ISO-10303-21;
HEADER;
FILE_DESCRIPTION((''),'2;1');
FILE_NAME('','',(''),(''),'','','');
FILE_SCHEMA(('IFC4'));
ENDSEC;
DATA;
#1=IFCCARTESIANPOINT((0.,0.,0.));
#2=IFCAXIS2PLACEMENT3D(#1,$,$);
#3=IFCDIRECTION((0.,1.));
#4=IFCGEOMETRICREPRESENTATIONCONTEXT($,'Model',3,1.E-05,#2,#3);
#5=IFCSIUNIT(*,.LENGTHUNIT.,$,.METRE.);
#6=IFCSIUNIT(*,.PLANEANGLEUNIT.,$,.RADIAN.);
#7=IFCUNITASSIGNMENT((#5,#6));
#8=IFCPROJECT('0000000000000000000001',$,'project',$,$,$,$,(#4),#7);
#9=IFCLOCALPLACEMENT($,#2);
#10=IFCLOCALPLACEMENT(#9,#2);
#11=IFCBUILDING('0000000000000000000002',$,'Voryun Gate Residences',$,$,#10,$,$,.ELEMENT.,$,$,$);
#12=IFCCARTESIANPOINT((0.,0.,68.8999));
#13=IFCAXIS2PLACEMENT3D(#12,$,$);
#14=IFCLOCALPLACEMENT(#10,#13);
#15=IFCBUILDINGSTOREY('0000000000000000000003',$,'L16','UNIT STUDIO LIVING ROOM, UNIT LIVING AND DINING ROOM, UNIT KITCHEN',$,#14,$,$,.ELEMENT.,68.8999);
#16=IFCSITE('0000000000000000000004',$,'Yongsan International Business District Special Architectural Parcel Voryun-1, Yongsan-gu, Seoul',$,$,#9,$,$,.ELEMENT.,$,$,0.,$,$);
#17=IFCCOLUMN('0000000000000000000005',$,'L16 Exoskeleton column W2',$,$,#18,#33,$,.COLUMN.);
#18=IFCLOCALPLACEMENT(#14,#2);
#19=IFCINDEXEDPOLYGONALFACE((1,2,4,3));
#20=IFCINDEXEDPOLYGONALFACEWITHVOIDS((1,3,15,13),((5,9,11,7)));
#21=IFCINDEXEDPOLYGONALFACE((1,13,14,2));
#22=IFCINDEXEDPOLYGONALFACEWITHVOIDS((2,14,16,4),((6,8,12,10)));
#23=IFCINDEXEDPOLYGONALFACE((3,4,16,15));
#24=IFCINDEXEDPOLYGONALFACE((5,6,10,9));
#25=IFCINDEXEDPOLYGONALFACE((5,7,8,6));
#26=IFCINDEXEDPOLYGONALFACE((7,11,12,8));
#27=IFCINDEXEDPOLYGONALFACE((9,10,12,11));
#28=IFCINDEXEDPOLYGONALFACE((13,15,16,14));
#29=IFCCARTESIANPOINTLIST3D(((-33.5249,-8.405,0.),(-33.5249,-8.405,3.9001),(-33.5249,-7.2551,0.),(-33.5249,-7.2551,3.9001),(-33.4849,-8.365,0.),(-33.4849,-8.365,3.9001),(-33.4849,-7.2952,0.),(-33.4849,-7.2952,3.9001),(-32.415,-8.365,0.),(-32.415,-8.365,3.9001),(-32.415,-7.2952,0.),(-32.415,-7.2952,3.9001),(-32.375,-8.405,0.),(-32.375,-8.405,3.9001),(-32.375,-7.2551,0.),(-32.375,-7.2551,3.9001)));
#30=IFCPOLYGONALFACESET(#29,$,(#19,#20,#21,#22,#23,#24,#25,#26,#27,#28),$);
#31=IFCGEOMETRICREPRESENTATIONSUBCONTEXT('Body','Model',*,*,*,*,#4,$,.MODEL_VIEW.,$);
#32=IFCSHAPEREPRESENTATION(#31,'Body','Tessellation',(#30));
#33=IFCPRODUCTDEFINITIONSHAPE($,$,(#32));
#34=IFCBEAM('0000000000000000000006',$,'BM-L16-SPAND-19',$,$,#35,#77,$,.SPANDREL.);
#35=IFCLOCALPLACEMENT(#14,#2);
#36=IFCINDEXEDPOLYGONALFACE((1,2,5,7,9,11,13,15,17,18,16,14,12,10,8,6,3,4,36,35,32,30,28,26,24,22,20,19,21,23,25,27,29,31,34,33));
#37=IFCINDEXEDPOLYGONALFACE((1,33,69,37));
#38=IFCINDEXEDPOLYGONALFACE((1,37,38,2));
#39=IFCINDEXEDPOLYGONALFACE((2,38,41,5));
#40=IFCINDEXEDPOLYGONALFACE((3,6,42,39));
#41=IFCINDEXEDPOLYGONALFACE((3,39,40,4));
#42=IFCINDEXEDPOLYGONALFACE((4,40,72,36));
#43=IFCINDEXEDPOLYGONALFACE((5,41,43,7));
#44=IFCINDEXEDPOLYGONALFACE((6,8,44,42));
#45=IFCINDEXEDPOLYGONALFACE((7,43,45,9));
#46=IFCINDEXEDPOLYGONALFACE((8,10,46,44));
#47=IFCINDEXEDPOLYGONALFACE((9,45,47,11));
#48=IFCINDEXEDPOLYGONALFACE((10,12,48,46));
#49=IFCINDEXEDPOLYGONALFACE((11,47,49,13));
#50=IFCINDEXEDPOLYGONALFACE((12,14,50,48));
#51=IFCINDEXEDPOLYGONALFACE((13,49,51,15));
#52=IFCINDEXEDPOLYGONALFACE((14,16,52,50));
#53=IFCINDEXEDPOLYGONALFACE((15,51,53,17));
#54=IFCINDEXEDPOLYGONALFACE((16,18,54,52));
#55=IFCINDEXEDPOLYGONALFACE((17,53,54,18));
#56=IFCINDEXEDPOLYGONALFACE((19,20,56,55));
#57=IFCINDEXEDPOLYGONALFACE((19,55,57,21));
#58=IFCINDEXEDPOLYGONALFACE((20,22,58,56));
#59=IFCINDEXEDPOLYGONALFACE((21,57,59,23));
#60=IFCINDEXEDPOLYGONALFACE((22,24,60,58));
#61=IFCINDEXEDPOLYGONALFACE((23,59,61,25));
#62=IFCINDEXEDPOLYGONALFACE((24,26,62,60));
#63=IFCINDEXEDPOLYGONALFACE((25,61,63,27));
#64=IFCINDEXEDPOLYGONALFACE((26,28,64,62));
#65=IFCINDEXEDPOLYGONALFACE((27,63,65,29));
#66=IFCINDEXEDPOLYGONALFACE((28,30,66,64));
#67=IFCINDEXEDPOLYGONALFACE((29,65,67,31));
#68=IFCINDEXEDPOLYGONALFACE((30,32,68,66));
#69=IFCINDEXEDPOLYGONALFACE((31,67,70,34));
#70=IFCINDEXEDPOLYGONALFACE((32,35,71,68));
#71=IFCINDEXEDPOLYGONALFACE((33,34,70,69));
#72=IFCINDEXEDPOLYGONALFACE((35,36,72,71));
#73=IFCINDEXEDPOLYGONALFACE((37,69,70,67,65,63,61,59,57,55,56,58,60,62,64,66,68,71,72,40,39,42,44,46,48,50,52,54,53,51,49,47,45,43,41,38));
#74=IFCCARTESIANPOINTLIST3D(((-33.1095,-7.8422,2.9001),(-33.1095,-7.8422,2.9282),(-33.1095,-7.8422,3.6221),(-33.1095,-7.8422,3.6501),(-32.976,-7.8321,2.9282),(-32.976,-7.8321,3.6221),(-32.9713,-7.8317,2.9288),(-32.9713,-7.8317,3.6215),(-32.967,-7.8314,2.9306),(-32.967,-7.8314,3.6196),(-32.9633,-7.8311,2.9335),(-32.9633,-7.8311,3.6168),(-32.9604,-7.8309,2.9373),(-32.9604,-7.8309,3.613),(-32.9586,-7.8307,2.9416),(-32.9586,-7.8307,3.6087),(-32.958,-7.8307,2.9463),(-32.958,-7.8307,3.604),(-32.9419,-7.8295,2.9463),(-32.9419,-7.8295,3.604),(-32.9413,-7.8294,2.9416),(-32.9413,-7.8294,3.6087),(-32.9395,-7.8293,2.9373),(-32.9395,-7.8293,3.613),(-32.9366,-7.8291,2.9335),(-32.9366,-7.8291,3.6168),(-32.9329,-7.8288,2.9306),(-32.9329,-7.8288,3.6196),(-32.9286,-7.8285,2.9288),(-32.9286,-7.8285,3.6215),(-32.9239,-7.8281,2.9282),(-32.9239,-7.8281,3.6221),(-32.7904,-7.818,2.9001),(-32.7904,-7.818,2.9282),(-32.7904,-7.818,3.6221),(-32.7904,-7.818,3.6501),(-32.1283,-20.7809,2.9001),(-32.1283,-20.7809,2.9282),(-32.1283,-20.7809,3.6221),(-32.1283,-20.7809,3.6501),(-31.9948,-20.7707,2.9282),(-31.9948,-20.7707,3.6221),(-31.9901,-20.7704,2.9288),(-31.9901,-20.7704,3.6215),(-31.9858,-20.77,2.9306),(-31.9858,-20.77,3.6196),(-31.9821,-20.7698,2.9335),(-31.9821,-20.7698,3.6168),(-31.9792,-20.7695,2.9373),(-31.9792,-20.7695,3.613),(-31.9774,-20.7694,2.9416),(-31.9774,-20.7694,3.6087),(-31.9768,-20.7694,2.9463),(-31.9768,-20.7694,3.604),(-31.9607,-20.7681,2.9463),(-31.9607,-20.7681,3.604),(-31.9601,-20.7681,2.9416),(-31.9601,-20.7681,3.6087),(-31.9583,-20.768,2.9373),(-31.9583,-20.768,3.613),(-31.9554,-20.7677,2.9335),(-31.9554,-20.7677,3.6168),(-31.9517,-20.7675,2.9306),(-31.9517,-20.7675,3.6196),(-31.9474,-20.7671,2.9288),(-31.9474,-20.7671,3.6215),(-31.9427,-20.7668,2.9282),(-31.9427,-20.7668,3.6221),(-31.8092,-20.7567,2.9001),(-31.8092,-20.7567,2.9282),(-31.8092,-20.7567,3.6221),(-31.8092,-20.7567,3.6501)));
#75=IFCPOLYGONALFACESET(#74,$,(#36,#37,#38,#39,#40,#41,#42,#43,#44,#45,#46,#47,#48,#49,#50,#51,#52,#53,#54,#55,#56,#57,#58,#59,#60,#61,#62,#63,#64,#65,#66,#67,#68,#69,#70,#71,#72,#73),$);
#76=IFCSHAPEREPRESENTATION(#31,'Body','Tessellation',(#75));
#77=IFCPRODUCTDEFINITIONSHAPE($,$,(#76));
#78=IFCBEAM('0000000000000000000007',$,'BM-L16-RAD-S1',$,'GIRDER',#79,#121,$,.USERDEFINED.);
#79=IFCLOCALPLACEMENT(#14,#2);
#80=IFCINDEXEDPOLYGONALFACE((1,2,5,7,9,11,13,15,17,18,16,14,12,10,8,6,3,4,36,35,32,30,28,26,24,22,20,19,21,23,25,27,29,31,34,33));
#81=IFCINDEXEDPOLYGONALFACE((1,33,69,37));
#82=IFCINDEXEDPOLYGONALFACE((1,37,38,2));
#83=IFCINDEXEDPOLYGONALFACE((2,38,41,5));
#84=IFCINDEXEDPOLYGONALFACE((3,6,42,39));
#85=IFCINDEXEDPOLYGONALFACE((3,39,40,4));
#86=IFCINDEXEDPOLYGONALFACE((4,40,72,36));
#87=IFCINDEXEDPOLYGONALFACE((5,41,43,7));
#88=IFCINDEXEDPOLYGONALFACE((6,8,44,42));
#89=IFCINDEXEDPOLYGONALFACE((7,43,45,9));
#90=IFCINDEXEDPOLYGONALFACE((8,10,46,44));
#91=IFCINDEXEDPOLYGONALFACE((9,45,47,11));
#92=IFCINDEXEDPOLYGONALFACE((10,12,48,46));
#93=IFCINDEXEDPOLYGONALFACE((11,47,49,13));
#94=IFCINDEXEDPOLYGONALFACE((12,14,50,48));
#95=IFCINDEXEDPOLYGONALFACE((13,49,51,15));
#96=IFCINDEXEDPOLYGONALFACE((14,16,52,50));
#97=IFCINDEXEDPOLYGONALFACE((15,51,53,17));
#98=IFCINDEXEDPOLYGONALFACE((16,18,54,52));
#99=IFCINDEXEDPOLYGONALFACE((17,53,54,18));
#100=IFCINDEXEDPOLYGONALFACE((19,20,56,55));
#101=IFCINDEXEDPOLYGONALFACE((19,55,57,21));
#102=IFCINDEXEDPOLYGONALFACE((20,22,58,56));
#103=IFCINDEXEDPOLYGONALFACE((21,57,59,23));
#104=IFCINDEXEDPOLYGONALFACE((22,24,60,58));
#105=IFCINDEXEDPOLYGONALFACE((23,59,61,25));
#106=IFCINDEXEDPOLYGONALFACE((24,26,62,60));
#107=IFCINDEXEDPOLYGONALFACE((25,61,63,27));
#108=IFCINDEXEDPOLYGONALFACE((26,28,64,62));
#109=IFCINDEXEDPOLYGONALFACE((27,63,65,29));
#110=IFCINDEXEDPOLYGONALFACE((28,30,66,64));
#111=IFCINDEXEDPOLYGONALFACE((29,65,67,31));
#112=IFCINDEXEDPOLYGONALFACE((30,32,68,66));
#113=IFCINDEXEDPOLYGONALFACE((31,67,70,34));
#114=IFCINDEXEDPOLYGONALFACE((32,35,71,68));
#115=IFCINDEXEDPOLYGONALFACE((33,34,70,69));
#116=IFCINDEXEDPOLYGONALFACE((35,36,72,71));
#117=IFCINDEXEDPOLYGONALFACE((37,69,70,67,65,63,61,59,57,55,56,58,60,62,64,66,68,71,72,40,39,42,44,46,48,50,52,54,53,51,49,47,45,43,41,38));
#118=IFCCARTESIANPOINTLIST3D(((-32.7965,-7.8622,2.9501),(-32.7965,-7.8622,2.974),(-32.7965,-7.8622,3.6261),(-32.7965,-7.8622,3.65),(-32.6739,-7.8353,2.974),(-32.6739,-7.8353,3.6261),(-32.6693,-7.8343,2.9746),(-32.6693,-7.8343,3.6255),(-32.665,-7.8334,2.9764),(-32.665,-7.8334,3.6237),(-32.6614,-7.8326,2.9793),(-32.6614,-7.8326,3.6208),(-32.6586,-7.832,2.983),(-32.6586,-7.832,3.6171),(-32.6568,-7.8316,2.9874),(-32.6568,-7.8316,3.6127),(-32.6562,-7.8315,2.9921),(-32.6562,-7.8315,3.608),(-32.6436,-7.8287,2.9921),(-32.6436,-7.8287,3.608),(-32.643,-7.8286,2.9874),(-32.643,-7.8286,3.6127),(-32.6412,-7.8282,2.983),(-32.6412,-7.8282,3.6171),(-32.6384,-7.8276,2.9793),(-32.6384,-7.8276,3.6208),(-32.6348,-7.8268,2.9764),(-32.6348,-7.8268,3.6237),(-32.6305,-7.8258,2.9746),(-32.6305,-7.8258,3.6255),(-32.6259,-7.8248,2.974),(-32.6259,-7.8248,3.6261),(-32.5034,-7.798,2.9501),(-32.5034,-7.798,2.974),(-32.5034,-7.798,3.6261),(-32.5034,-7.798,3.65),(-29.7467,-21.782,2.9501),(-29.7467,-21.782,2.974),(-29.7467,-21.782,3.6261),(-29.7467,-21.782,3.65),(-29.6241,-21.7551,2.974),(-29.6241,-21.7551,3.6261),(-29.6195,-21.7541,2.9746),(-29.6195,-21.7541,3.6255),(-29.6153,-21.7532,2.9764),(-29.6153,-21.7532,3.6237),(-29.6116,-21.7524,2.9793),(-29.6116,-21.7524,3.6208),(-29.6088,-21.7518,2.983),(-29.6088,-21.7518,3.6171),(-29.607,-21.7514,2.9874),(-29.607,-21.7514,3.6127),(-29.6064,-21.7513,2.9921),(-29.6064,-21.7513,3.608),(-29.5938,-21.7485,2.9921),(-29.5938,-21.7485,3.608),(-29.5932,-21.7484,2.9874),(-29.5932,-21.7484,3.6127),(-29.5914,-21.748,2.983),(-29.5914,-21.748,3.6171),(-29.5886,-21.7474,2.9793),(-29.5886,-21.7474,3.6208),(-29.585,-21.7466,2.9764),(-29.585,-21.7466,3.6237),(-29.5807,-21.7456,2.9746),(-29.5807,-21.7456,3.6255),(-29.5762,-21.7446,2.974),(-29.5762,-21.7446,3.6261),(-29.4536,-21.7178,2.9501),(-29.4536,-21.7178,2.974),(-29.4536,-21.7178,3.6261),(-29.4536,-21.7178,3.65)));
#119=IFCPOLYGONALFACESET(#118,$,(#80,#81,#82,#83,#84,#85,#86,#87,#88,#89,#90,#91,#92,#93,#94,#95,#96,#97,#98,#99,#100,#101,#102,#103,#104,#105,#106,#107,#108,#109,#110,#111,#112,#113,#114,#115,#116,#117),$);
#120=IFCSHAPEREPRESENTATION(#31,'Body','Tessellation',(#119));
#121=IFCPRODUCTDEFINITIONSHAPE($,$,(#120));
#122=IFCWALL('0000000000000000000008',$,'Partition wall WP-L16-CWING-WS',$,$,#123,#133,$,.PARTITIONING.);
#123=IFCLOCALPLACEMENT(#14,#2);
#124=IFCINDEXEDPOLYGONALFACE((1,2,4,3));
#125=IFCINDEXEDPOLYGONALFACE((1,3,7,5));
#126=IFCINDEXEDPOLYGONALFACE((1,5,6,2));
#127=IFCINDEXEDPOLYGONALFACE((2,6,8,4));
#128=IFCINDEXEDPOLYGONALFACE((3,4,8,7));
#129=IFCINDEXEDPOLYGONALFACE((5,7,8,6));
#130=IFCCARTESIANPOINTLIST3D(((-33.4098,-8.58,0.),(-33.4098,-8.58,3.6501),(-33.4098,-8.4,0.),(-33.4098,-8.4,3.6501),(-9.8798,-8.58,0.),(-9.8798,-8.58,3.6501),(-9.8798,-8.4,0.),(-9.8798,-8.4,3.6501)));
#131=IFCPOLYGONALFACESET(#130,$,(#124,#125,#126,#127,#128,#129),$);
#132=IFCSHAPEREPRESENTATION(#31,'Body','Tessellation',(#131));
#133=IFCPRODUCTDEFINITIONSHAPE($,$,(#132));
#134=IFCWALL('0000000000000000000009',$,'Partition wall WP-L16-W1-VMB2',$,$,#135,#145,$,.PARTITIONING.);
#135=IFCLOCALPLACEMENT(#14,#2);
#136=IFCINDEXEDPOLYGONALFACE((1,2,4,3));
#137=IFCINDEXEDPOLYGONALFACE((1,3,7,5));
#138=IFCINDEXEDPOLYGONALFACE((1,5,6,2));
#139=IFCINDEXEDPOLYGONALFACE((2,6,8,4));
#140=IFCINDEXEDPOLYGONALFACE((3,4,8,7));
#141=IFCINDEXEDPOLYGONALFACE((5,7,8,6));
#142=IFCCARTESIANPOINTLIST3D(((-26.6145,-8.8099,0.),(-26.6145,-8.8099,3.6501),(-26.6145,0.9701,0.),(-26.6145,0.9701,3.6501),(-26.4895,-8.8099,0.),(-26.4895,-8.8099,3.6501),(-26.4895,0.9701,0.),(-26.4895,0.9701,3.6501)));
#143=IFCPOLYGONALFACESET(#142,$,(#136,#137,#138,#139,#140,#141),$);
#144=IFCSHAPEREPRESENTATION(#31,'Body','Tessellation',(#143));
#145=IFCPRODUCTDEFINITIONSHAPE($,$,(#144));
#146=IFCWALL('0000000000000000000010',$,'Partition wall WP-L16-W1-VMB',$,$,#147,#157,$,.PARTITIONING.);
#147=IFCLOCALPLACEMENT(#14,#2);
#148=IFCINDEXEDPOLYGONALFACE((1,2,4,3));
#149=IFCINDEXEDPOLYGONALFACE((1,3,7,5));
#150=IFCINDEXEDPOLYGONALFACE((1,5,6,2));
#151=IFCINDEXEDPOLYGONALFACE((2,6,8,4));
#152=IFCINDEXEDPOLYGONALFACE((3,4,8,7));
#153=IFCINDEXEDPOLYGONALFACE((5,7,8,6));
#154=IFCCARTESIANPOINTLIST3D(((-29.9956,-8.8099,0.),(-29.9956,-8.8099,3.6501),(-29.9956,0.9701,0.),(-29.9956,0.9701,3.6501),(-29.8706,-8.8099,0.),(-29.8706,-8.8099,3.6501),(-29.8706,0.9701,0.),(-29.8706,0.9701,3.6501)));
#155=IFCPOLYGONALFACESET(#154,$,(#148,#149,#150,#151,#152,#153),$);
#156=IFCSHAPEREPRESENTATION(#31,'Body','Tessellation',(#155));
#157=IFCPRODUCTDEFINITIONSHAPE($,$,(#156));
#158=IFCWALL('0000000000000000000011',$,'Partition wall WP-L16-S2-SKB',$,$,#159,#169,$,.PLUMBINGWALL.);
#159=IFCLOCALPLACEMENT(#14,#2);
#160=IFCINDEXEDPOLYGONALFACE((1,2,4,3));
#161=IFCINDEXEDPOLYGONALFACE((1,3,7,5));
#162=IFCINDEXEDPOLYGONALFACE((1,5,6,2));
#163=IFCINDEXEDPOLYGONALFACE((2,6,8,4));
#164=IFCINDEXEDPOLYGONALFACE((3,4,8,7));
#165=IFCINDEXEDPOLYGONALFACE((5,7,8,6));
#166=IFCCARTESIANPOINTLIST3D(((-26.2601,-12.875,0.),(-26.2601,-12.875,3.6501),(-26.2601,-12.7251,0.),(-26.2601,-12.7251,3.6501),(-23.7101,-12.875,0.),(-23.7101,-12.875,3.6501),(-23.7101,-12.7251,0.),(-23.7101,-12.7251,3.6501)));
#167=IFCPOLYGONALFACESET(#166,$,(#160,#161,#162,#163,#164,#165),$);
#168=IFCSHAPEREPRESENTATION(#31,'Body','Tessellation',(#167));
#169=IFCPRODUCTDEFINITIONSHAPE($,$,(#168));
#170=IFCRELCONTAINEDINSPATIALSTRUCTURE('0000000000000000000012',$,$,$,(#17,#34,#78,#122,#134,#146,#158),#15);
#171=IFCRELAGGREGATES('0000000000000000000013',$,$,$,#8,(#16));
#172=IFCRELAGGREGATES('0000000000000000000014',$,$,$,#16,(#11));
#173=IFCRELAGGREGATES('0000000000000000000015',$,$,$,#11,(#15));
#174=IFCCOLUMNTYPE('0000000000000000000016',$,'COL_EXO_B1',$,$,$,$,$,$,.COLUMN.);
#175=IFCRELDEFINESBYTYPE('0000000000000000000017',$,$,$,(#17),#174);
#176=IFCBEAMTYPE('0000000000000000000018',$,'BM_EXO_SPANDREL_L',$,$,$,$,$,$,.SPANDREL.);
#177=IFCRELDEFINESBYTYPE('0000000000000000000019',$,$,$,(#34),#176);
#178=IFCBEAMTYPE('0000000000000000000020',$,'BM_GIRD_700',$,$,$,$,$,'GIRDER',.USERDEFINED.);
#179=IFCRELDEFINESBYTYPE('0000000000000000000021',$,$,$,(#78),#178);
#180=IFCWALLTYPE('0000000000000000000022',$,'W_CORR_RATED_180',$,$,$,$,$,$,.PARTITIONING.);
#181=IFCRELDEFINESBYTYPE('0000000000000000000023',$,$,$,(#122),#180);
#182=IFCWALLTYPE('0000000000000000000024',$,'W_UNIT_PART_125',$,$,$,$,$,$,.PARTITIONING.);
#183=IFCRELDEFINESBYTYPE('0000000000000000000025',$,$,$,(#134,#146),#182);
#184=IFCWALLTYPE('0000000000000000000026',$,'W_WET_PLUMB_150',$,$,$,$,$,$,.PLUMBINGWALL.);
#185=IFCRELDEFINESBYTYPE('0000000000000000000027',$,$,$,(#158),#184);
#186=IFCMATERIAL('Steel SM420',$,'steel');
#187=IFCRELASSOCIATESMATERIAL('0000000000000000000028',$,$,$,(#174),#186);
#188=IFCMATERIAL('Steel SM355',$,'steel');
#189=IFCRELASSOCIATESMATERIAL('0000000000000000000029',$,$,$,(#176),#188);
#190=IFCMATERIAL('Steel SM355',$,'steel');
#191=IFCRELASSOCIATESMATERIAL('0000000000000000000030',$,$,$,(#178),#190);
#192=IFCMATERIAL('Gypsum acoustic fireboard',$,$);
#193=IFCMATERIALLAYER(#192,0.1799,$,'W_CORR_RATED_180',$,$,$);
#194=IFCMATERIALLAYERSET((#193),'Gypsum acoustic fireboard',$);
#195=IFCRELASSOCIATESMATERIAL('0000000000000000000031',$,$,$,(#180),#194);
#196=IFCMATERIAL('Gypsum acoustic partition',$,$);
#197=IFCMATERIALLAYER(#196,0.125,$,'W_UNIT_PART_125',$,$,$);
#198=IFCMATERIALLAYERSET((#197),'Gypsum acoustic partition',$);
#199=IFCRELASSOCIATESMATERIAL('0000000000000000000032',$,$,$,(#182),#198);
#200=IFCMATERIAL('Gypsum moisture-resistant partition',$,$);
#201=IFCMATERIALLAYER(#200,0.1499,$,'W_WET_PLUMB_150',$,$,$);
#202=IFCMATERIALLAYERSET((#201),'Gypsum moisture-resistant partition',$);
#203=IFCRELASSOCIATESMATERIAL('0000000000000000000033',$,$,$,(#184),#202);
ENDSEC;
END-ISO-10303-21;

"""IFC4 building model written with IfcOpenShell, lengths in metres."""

from ifc_helpers import new_model, si_unit, direction, frame, frame_2d, origin, origin_2d, place, context, subcontext, project, spatial, rectangle, hollow_rectangle, i_section, extrude, material, layer, layer_set, material_profile, profile_set, type_object, element, save


model = new_model("IFC4")

# Units and contexts
model_context = context("Model", 3, precision=1e-05, world=origin(), true_north=direction((0.0, 1.0)))
body_context = subcontext(model_context, "Body", "Model", "MODEL_VIEW")
ifc_project = project(units=[si_unit("LENGTHUNIT", "METRE"), si_unit("PLANEANGLEUNIT", "RADIAN")], contexts=[model_context])

# Site, building, storey
site_placement = place(None, origin())
site = spatial("IfcSite", under=ifc_project, at=site_placement, Name="Yongsan International Business District Special Architectural Parcel Voryun-1, Yongsan-gu, Seoul", CompositionType="ELEMENT", RefElevation=0.0)
building_placement = place(site_placement, origin())
building = spatial("IfcBuilding", under=site, at=building_placement, Name="Voryun Gate Residences", CompositionType="ELEMENT")
storey_placement = place(building_placement, frame((0.0, 0.0, 68.8999)))
storey = spatial("IfcBuildingStorey", under=building, at=storey_placement, Name="L16", Description="UNIT STUDIO LIVING ROOM, UNIT LIVING AND DINING ROOM, UNIT KITCHEN", CompositionType="ELEMENT", Elevation=68.8999)

# Column
ifc_material_1 = material(Name="Steel SM420", Category="steel")
ifc_material_profile_1 = material_profile(ifc_material_1, hollow_rectangle(XDim=1.1499, YDim=1.1499, WallThickness=0.04, at=origin_2d()), Name="BOX-1150x1150x40")
ifc_profile_set_1 = profile_set([ifc_material_profile_1], Name="Steel SM420")
column_type = type_object("IfcColumnType", Name="COL_EXO_B1", PredefinedType="COLUMN", material=ifc_profile_set_1)
column_placement = place(storey_placement, frame((-32.95, -7.8301, 0.0), z_axis=(0.0, 0.0, 1.0), x_axis=(1.0, 0.0, 0.0)))
element("IfcColumn", 1, at=column_placement, inside=storey, type_object=column_type, Name="L16 Exoskeleton column W2", PredefinedType="COLUMN", context=body_context, shape_type="SweptSolid", body=[
    extrude(hollow_rectangle(XDim=1.1499, YDim=1.1499, WallThickness=0.04, at=origin_2d()), origin(), (0.0, 0.0, 1.0), 3.9001),
])

# Beams
ifc_material_2 = material(Name="Steel SM355", Category="steel")
ifc_material_profile_2 = material_profile(ifc_material_2, i_section(OverallWidth=0.3201, OverallDepth=0.75, WebThickness=0.0161, FlangeThickness=0.0281, FilletRadius=0.0181, at=origin_2d()), Name="H-750x320x16x28")
ifc_profile_set_2 = profile_set([ifc_material_profile_2], Name="Steel SM355")
beam_type_1 = type_object("IfcBeamType", Name="BM_EXO_SPANDREL_L", PredefinedType="SPANDREL", material=ifc_profile_set_2)
beam_1_placement = place(storey_placement, frame((-32.95, -7.8301, 3.2751), z_axis=(0.075617, -0.997137, 0.0), x_axis=(0.997137, 0.075617, 0.0)))
element("IfcBeam", 2, at=beam_1_placement, inside=storey, type_object=beam_type_1, Name="BM-L16-SPAND-19", PredefinedType="SPANDREL", context=body_context, shape_type="SweptSolid", body=[
    extrude(i_section(OverallWidth=0.3201, OverallDepth=0.75, WebThickness=0.0161, FlangeThickness=0.0281, FilletRadius=0.0181, at=origin_2d()), origin(), (0.0, 0.0, 1.0), 12.9758),
])
ifc_material_3 = material(Name="Steel SM355", Category="steel")
ifc_material_profile_3 = material_profile(ifc_material_3, i_section(OverallWidth=0.3, OverallDepth=0.7, WebThickness=0.0129, FlangeThickness=0.0239, FilletRadius=0.0181, at=origin_2d()), Name="H-700x300x13x24")
ifc_profile_set_3 = profile_set([ifc_material_profile_3], Name="Steel SM355")
beam_type_2 = type_object("IfcBeamType", Name="BM_GIRD_700", ElementType="GIRDER", PredefinedType="USERDEFINED", material=ifc_profile_set_3)
beam_2_placement = place(storey_placement, frame((-32.6499, -7.8301, 3.3), z_axis=(0.21402, -0.976829, 0.0), x_axis=(0.976829, 0.21402, 0.0)))
element("IfcBeam", 3, at=beam_2_placement, inside=storey, type_object=beam_type_2, Name="BM-L16-RAD-S1", ObjectType="GIRDER", PredefinedType="USERDEFINED", context=body_context, shape_type="SweptSolid", body=[
    extrude(i_section(OverallWidth=0.3, OverallDepth=0.7, WebThickness=0.0129, FlangeThickness=0.0239, FilletRadius=0.0181, at=origin_2d()), origin(), (0.0, 0.0, 1.0), 14.25),
])

# Wall
ifc_material_4 = material(Name="Gypsum acoustic fireboard")
ifc_layer_1 = layer(ifc_material_4, 0.1799, Name="W_CORR_RATED_180")
ifc_layer_set_1 = layer_set([ifc_layer_1], Name="Gypsum acoustic fireboard")
wall_type_1 = type_object("IfcWallType", Name="W_CORR_RATED_180", PredefinedType="PARTITIONING", material=ifc_layer_set_1)
wall_1_placement = place(storey_placement, frame((-33.4099, -8.49, 0.0), z_axis=(0.0, 0.0, 1.0), x_axis=(1.0, 0.0, 0.0)))
element("IfcWall", 4, at=wall_1_placement, inside=storey, type_object=wall_type_1, Name="Partition wall WP-L16-CWING-WS", PredefinedType="PARTITIONING", context=body_context, shape_type="SweptSolid", body=[
    extrude(rectangle(XDim=23.53, YDim=0.1799, at=frame_2d((11.7651, 0.0))), origin(), (0.0, 0.0, 1.0), 3.6501),
])

# Walls
ifc_material_5 = material(Name="Gypsum acoustic partition")
ifc_layer_2 = layer(ifc_material_5, 0.125, Name="W_UNIT_PART_125")
ifc_layer_set_2 = layer_set([ifc_layer_2], Name="Gypsum acoustic partition")
wall_type_2 = type_object("IfcWallType", Name="W_UNIT_PART_125", PredefinedType="PARTITIONING", material=ifc_layer_set_2)
for number, where, z_axis, x_axis, name in (
    (5, (-26.552, -8.8101, 0.0), (0.0, 0.0, 1.0), (0.0, 1.0, 0.0), "Partition wall WP-L16-W1-VMB2"),
    (6, (-29.9331, -8.8101, 0.0), (0.0, 0.0, 1.0), (0.0, 1.0, 0.0), "Partition wall WP-L16-W1-VMB"),
):
    element("IfcWall", number, at=place(storey_placement, frame(where, z_axis=z_axis, x_axis=x_axis)), inside=storey, type_object=wall_type_2, Name=name, PredefinedType="PARTITIONING", context=body_context, shape_type="SweptSolid", body=[
        extrude(rectangle(XDim=9.78, YDim=0.125, at=frame_2d((4.8901, 0.0))), origin(), (0.0, 0.0, 1.0), 3.6501),
    ])
ifc_material_6 = material(Name="Gypsum moisture-resistant partition")
ifc_layer_3 = layer(ifc_material_6, 0.1499, Name="W_WET_PLUMB_150")
ifc_layer_set_3 = layer_set([ifc_layer_3], Name="Gypsum moisture-resistant partition")
wall_type_3 = type_object("IfcWallType", Name="W_WET_PLUMB_150", PredefinedType="PLUMBINGWALL", material=ifc_layer_set_3)
wall_2_placement = place(storey_placement, frame((-26.26, -12.8, 0.0), z_axis=(0.0, 0.0, 1.0), x_axis=(1.0, 0.0, 0.0)))
element("IfcWall", 7, at=wall_2_placement, inside=storey, type_object=wall_type_3, Name="Partition wall WP-L16-S2-SKB", PredefinedType="PLUMBINGWALL", context=body_context, shape_type="SweptSolid", body=[
    extrude(rectangle(XDim=2.55, YDim=0.1499, at=frame_2d((1.2749, 0.0))), origin(), (0.0, 0.0, 1.0), 3.6501),
])

save(model, "model.ifc")
